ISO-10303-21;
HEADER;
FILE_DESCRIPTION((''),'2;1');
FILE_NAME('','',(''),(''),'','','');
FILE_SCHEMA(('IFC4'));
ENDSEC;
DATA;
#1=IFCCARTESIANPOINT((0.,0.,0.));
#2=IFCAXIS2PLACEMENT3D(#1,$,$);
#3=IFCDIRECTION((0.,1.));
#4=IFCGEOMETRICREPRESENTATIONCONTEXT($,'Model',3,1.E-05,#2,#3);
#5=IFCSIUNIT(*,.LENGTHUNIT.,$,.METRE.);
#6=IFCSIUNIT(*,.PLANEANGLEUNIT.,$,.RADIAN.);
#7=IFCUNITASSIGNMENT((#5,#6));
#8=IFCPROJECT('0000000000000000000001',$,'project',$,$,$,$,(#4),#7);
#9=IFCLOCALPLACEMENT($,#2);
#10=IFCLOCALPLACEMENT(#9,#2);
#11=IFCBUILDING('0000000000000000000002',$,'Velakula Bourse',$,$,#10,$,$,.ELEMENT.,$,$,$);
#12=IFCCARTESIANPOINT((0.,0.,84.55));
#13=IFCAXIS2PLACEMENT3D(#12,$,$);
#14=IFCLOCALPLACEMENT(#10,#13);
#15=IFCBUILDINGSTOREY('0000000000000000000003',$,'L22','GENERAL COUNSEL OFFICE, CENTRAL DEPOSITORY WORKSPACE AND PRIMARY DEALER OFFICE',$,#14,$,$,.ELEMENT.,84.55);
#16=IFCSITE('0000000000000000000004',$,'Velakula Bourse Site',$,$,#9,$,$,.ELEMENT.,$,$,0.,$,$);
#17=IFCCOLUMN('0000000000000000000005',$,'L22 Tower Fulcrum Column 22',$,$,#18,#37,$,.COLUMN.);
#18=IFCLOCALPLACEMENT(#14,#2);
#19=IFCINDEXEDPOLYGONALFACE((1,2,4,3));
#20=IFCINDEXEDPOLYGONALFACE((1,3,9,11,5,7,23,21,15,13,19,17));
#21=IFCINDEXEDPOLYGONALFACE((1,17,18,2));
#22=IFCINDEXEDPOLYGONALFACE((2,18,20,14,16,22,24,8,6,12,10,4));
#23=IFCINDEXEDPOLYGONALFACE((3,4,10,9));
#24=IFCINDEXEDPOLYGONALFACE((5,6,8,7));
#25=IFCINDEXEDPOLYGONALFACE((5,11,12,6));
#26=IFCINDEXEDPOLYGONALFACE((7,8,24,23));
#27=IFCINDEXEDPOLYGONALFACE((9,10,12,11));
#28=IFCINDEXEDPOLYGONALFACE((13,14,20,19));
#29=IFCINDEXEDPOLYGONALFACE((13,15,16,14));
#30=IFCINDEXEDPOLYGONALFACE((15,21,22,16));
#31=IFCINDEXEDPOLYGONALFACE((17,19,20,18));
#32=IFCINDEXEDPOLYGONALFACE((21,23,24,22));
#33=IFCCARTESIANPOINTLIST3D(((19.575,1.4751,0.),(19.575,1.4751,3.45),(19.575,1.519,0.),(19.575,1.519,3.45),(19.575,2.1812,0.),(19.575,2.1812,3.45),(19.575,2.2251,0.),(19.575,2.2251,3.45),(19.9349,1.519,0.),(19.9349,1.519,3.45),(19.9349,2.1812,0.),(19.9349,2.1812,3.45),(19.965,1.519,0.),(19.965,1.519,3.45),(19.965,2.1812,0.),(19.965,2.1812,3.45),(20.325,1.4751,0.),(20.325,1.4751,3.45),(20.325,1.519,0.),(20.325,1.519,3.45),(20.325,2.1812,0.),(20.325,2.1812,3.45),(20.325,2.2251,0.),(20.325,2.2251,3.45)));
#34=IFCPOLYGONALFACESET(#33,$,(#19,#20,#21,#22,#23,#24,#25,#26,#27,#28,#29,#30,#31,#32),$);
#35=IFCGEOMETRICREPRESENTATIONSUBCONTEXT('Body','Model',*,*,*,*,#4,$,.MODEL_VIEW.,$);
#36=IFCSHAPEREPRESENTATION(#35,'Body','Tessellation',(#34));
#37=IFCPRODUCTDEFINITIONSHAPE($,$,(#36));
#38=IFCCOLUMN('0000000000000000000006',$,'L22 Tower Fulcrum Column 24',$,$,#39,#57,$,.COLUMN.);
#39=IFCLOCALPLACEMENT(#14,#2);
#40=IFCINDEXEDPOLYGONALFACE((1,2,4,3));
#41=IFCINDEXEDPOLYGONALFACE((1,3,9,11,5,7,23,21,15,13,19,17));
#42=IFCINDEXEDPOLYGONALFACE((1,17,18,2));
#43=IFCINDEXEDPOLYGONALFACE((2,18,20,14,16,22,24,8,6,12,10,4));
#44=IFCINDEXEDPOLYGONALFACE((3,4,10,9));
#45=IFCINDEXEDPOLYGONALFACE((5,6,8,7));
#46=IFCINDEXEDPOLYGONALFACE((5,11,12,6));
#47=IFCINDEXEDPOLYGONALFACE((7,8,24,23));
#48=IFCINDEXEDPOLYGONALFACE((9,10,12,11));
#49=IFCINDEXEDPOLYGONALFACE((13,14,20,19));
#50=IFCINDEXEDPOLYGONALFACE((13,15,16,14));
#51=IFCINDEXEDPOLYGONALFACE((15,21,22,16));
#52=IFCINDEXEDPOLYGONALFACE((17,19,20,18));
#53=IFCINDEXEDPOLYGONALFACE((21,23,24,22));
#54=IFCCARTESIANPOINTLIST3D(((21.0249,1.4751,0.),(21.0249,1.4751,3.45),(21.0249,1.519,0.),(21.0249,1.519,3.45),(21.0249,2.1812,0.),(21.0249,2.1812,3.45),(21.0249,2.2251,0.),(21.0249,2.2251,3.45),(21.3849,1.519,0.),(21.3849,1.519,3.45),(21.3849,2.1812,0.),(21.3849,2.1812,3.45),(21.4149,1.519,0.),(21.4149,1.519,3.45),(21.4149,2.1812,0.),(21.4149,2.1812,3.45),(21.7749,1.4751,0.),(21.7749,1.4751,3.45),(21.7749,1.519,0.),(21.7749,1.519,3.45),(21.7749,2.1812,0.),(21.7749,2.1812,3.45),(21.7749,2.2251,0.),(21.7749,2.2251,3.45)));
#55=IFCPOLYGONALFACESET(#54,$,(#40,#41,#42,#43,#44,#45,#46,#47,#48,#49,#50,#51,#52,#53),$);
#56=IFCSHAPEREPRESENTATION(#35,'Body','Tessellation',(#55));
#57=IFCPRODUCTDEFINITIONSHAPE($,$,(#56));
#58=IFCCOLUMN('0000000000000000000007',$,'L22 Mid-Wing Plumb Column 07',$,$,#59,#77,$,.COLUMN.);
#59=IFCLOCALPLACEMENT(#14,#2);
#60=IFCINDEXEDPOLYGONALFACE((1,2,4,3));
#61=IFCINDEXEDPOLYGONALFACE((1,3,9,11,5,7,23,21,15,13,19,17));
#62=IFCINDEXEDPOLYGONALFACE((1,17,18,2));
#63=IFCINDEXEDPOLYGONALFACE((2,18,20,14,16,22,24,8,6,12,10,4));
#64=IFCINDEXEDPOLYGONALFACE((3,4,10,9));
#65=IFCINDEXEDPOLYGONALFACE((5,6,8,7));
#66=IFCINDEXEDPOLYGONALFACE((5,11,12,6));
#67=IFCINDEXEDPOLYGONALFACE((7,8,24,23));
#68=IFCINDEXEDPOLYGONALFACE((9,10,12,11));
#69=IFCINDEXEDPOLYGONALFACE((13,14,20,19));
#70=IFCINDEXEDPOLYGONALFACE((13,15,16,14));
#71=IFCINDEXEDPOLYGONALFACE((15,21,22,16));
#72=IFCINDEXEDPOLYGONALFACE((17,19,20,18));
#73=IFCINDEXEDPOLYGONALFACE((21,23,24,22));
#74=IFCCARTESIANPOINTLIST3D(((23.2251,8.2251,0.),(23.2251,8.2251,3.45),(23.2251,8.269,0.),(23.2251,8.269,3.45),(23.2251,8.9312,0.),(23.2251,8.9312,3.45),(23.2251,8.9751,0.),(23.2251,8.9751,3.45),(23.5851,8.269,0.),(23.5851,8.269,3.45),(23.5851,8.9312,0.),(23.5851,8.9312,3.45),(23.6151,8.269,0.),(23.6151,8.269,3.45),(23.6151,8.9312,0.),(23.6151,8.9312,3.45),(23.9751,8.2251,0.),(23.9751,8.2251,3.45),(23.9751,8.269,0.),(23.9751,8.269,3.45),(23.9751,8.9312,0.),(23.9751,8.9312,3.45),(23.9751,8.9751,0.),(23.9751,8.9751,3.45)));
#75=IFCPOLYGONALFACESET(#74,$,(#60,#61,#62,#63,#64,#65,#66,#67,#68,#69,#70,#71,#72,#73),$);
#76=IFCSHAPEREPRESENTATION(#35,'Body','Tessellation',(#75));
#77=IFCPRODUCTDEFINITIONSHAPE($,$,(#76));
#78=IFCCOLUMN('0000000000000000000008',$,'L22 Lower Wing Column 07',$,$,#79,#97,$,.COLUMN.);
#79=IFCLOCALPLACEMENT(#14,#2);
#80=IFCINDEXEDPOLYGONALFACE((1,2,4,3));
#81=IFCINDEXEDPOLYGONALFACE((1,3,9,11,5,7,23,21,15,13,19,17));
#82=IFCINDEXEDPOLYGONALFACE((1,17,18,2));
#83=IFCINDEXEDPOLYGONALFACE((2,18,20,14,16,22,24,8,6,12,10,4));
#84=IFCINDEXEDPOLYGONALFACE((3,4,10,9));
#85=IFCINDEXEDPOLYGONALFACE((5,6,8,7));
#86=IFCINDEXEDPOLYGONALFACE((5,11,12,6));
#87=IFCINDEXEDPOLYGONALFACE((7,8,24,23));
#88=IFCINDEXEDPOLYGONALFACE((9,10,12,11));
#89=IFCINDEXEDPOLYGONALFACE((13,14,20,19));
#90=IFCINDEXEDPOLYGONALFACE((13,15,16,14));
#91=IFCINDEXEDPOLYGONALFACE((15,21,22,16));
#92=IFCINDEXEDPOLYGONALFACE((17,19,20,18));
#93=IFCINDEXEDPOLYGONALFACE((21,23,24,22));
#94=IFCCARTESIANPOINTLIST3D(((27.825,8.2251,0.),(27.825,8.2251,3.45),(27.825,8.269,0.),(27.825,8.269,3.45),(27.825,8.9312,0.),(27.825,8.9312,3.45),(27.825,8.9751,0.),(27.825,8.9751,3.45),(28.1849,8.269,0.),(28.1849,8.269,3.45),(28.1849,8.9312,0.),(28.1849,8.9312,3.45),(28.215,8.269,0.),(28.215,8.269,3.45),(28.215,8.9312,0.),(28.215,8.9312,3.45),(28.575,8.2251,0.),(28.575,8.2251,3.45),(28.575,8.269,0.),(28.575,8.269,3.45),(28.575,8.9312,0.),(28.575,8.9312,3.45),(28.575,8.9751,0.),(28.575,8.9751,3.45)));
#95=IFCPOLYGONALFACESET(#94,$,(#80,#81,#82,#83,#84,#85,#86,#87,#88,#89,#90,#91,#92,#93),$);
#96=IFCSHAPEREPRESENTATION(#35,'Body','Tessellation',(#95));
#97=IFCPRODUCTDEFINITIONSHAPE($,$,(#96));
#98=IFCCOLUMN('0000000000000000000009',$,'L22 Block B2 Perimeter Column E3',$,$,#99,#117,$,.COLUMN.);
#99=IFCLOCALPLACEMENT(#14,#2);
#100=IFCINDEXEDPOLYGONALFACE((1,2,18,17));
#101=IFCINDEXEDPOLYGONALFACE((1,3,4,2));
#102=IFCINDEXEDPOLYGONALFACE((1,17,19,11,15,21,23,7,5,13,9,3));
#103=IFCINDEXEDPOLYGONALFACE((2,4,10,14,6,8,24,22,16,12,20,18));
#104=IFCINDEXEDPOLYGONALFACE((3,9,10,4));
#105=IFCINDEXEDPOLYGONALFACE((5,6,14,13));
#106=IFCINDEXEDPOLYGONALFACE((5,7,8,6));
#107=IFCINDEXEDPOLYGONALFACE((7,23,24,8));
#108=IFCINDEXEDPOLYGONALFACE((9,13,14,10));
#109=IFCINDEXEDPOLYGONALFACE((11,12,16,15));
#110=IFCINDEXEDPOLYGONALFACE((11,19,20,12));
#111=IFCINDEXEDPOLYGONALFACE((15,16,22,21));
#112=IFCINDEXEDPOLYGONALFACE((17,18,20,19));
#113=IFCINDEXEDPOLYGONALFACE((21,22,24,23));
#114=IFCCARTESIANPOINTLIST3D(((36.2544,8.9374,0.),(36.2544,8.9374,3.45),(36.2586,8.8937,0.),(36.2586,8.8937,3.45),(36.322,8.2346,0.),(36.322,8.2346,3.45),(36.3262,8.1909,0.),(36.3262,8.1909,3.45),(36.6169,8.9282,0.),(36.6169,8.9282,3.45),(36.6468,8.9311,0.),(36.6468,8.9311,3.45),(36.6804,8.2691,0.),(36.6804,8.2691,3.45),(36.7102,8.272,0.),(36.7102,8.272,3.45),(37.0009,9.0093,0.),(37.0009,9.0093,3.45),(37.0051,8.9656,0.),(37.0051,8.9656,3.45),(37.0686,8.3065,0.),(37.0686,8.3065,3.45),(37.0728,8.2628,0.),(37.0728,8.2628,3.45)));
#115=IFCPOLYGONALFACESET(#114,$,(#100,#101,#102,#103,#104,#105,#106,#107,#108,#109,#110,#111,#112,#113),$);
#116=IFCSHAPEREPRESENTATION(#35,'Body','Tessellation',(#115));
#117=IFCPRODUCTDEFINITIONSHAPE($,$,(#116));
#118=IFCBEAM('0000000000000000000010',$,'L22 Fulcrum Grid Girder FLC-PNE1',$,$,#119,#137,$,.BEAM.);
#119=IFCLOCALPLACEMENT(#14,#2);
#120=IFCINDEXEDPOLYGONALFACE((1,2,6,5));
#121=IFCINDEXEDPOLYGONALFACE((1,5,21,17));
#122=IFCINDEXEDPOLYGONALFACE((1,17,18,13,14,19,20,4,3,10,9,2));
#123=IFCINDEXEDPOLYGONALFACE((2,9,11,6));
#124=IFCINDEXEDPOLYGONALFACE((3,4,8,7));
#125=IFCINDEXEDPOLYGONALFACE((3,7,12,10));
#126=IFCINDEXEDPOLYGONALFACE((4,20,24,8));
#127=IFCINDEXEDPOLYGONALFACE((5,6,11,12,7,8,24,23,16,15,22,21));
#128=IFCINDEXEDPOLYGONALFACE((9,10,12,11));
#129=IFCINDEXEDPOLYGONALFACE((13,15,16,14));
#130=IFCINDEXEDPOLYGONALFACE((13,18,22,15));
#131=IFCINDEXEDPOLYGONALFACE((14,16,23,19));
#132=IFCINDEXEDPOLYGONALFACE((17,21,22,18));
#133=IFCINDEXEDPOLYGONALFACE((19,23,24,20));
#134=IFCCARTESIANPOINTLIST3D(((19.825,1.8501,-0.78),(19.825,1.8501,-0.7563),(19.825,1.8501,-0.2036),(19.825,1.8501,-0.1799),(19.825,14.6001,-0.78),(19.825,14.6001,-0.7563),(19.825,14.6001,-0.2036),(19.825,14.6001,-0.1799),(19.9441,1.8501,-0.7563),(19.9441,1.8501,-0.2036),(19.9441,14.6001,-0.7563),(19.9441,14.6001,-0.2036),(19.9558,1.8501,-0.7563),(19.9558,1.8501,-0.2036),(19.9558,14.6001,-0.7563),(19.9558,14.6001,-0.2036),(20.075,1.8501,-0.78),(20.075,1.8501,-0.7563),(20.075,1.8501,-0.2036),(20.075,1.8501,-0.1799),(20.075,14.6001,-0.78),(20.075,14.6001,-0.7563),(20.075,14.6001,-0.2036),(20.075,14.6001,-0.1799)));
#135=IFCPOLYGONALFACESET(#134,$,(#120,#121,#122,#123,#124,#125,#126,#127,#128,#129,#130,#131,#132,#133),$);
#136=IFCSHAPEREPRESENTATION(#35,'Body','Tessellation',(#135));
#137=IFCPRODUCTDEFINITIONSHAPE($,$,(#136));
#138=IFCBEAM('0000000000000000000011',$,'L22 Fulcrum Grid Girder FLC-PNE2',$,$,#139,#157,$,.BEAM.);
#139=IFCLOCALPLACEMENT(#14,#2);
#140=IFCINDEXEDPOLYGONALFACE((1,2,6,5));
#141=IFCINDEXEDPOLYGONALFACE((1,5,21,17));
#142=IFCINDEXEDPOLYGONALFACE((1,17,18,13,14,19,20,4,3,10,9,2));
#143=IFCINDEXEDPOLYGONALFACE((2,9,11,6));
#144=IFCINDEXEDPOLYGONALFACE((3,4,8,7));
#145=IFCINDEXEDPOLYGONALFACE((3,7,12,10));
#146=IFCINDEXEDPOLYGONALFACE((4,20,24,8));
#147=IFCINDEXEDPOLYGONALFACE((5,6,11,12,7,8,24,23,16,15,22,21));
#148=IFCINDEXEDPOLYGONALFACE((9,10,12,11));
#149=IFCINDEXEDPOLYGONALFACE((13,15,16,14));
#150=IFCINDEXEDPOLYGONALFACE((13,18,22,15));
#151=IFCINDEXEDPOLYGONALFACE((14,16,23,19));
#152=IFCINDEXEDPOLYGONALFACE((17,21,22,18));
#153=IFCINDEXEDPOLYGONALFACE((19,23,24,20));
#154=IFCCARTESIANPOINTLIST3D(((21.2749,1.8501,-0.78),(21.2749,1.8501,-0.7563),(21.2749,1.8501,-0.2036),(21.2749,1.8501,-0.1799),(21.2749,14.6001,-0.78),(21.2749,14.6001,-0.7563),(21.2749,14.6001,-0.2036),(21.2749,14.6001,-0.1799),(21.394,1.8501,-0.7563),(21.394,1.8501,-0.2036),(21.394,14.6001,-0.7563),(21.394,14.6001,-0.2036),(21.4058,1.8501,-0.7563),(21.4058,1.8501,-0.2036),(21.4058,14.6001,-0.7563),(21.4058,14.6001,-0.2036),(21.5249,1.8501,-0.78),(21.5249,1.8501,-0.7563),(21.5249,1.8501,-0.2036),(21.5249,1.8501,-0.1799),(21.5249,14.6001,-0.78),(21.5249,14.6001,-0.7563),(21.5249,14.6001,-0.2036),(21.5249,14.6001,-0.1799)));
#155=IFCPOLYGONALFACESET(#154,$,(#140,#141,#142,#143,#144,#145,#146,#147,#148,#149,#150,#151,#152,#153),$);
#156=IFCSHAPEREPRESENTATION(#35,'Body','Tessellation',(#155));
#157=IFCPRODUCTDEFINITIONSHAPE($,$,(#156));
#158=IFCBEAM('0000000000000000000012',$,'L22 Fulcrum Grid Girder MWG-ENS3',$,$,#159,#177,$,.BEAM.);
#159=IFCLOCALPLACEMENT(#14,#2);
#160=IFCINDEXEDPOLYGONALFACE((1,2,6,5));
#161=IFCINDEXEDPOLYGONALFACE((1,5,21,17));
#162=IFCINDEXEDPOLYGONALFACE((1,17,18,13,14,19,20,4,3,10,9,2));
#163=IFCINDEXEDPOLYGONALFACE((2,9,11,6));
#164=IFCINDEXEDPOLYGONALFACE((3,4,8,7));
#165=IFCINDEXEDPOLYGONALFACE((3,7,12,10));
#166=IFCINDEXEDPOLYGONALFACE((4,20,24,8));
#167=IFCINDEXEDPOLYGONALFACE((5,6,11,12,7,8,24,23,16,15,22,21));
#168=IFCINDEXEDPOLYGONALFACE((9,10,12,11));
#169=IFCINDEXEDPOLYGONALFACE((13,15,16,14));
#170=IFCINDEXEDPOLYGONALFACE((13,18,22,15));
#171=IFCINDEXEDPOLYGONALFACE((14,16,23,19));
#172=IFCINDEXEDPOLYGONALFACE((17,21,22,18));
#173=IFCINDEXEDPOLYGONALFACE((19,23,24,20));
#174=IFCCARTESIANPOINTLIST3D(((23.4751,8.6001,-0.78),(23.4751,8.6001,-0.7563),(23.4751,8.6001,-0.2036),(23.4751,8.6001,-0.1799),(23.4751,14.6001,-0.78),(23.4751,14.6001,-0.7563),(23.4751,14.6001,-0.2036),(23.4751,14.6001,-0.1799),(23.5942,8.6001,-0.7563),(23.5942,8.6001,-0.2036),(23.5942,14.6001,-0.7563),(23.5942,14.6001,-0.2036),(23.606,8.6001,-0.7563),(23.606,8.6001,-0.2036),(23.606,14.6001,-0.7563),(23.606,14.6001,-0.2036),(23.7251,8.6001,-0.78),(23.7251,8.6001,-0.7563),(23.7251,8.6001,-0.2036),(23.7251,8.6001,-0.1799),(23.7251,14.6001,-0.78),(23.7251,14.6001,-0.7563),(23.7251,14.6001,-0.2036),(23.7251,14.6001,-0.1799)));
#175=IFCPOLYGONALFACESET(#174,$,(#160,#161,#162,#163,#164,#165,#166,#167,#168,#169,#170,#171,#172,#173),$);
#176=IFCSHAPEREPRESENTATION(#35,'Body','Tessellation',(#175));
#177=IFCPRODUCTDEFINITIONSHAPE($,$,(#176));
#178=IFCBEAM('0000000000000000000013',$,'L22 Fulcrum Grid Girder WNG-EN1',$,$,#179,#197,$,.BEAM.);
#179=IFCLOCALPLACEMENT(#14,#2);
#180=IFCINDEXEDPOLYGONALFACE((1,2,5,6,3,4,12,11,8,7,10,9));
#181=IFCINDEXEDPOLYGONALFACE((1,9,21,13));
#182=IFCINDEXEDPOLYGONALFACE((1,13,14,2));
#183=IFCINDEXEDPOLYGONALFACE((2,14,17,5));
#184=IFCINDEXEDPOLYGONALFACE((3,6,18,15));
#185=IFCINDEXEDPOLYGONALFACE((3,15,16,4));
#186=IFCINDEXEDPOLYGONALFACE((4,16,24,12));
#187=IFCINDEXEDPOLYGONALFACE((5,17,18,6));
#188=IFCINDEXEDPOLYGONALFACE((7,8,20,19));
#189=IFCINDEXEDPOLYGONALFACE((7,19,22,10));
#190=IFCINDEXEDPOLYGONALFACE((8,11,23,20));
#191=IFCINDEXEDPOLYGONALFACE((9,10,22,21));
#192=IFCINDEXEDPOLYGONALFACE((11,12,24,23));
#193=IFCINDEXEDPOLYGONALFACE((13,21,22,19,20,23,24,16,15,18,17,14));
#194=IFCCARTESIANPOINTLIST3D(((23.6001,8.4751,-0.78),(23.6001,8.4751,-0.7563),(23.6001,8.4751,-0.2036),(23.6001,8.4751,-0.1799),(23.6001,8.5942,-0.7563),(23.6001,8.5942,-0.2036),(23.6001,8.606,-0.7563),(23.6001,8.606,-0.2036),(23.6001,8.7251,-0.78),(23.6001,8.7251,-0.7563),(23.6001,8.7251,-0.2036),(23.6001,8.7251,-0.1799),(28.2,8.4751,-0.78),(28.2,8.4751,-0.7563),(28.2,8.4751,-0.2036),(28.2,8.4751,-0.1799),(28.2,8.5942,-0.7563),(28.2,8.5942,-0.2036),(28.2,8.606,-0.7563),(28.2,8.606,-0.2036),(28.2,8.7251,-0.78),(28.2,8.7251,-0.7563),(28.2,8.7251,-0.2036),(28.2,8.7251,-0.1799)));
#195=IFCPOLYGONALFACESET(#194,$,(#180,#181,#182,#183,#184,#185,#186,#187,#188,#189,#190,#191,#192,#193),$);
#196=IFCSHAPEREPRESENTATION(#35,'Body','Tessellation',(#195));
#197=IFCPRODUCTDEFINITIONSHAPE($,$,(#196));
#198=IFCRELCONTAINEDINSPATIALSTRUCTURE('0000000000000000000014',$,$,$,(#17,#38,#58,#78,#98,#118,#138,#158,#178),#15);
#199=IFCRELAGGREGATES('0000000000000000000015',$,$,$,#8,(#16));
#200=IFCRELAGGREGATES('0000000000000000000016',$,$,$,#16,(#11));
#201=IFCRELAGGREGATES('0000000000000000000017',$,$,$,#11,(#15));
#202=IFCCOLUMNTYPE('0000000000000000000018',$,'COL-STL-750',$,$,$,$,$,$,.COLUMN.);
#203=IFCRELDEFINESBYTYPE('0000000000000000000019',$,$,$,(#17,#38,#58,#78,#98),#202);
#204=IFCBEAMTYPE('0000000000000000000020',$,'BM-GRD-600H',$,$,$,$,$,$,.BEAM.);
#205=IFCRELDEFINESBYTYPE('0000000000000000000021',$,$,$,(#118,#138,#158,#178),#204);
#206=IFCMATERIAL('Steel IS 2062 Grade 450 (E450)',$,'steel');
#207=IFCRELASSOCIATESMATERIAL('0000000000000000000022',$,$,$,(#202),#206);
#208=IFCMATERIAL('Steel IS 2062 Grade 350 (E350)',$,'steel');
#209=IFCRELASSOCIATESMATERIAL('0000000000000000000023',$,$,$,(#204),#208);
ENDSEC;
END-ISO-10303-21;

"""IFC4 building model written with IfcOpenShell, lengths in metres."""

from ifc_helpers import new_model, si_unit, direction, frame, origin, origin_2d, place, context, subcontext, project, spatial, i_section, extrude, material, material_profile, profile_set, type_object, element, save


model = new_model("IFC4")

# Units and contexts
model_context = context("Model", 3, precision=1e-05, world=origin(), true_north=direction((0.0, 1.0)))
body_context = subcontext(model_context, "Body", "Model", "MODEL_VIEW")
ifc_project = project(units=[si_unit("LENGTHUNIT", "METRE"), si_unit("PLANEANGLEUNIT", "RADIAN")], contexts=[model_context])

# Site, building, storey
site_placement = place(None, origin())
site = spatial("IfcSite", under=ifc_project, at=site_placement, Name="Velakula Bourse Site", CompositionType="ELEMENT", RefElevation=0.0)
building_placement = place(site_placement, origin())
building = spatial("IfcBuilding", under=site, at=building_placement, Name="Velakula Bourse", CompositionType="ELEMENT")
storey_placement = place(building_placement, frame((0.0, 0.0, 84.55)))
storey = spatial("IfcBuildingStorey", under=building, at=storey_placement, Name="L22", Description="GENERAL COUNSEL OFFICE, CENTRAL DEPOSITORY WORKSPACE AND PRIMARY DEALER OFFICE", CompositionType="ELEMENT", Elevation=84.55)

# Columns
ifc_material_1 = material(Name="Steel IS 2062 Grade 450 (E450)", Category="steel")
ifc_material_profile_1 = material_profile(ifc_material_1, i_section(OverallWidth=0.75, OverallDepth=0.75, WebThickness=0.03, FlangeThickness=0.0439, at=origin_2d()), Name="Steel IS 2062 Grade 450 (E450)")
ifc_profile_set_1 = profile_set([ifc_material_profile_1], Name="Steel IS 2062 Grade 450 (E450)")
column_type = type_object("IfcColumnType", Name="COL-STL-750", PredefinedType="COLUMN", material=ifc_profile_set_1)
for number, where, z_axis, x_axis, name in (
    (1, (19.95, 1.8501, 0.0), (0.0, 0.0, 1.0), (1.0, 0.0, 0.0), "L22 Tower Fulcrum Column 22"),
    (2, (21.3999, 1.8501, 0.0), (0.0, 0.0, 1.0), (1.0, 0.0, 0.0), "L22 Tower Fulcrum Column 24"),
    (3, (23.6001, 8.6001, 0.0), (0.0, 0.0, 1.0), (1.0, 0.0, 0.0), "L22 Mid-Wing Plumb Column 07"),
    (4, (28.2, 8.6001, 0.0), (0.0, 0.0, 1.0), (1.0, 0.0, 0.0), "L22 Lower Wing Column 07"),
    (5, (36.6636, 8.6001, 0.0), (0.0, 0.0, 1.0), (0.995396, 0.095846, 0.0), "L22 Block B2 Perimeter Column E3"),
):
    element("IfcColumn", number, at=place(storey_placement, frame(where, z_axis=z_axis, x_axis=x_axis)), inside=storey, type_object=column_type, Name=name, PredefinedType="COLUMN", context=body_context, shape_type="SweptSolid", body=[
        extrude(i_section(OverallWidth=0.75, OverallDepth=0.75, WebThickness=0.03, FlangeThickness=0.0439, at=origin_2d()), origin(), (0.0, 0.0, 1.0), 3.45),
    ])

# Beams
ifc_material_2 = material(Name="Steel IS 2062 Grade 350 (E350)", Category="steel")
ifc_material_profile_2 = material_profile(ifc_material_2, i_section(OverallWidth=0.25, OverallDepth=0.6001, WebThickness=0.0117, FlangeThickness=0.0237, at=origin_2d()), Name="Steel IS 2062 Grade 350 (E350)")
ifc_profile_set_2 = profile_set([ifc_material_profile_2], Name="Steel IS 2062 Grade 350 (E350)")
beam_type_1 = type_object("IfcBeamType", Name="BM-GRD-600H", PredefinedType="BEAM", material=ifc_profile_set_2)
for number, where, z_axis, x_axis, name in (
    (6, (19.95, 1.8501, -0.48), (0.0, 1.0, 0.0), (-1.0, 0.0, 0.0), "L22 Fulcrum Grid Girder FLC-PNE1"),
    (7, (21.3999, 1.8501, -0.48), (0.0, 1.0, 0.0), (-1.0, 0.0, 0.0), "L22 Fulcrum Grid Girder FLC-PNE2"),
):
    element("IfcBeam", number, at=place(storey_placement, frame(where, z_axis=z_axis, x_axis=x_axis)), inside=storey, type_object=beam_type_1, Name=name, PredefinedType="BEAM", context=body_context, shape_type="SweptSolid", body=[
        extrude(i_section(OverallWidth=0.25, OverallDepth=0.6001, WebThickness=0.0117, FlangeThickness=0.0237, at=origin_2d()), origin(), (0.0, 0.0, 1.0), 12.75),
    ])
beam_1_placement = place(storey_placement, frame((23.6001, 8.6001, -0.48), z_axis=(0.0, 1.0, 0.0), x_axis=(-1.0, 0.0, 0.0)))
element("IfcBeam", 8, at=beam_1_placement, inside=storey, type_object=beam_type_1, Name="L22 Fulcrum Grid Girder MWG-ENS3", PredefinedType="BEAM", context=body_context, shape_type="SweptSolid", body=[
    extrude(i_section(OverallWidth=0.25, OverallDepth=0.6001, WebThickness=0.0117, FlangeThickness=0.0237, at=origin_2d()), origin(), (0.0, 0.0, 1.0), 6.0),
])
beam_2_placement = place(storey_placement, frame((23.6001, 8.6001, -0.48), z_axis=(1.0, 0.0, 0.0), x_axis=(0.0, 1.0, 0.0)))
element("IfcBeam", 9, at=beam_2_placement, inside=storey, type_object=beam_type_1, Name="L22 Fulcrum Grid Girder WNG-EN1", PredefinedType="BEAM", context=body_context, shape_type="SweptSolid", body=[
    extrude(i_section(OverallWidth=0.25, OverallDepth=0.6001, WebThickness=0.0117, FlangeThickness=0.0237, at=origin_2d()), origin(), (0.0, 0.0, 1.0), 4.5999),
])

save(model, "model.ifc")
